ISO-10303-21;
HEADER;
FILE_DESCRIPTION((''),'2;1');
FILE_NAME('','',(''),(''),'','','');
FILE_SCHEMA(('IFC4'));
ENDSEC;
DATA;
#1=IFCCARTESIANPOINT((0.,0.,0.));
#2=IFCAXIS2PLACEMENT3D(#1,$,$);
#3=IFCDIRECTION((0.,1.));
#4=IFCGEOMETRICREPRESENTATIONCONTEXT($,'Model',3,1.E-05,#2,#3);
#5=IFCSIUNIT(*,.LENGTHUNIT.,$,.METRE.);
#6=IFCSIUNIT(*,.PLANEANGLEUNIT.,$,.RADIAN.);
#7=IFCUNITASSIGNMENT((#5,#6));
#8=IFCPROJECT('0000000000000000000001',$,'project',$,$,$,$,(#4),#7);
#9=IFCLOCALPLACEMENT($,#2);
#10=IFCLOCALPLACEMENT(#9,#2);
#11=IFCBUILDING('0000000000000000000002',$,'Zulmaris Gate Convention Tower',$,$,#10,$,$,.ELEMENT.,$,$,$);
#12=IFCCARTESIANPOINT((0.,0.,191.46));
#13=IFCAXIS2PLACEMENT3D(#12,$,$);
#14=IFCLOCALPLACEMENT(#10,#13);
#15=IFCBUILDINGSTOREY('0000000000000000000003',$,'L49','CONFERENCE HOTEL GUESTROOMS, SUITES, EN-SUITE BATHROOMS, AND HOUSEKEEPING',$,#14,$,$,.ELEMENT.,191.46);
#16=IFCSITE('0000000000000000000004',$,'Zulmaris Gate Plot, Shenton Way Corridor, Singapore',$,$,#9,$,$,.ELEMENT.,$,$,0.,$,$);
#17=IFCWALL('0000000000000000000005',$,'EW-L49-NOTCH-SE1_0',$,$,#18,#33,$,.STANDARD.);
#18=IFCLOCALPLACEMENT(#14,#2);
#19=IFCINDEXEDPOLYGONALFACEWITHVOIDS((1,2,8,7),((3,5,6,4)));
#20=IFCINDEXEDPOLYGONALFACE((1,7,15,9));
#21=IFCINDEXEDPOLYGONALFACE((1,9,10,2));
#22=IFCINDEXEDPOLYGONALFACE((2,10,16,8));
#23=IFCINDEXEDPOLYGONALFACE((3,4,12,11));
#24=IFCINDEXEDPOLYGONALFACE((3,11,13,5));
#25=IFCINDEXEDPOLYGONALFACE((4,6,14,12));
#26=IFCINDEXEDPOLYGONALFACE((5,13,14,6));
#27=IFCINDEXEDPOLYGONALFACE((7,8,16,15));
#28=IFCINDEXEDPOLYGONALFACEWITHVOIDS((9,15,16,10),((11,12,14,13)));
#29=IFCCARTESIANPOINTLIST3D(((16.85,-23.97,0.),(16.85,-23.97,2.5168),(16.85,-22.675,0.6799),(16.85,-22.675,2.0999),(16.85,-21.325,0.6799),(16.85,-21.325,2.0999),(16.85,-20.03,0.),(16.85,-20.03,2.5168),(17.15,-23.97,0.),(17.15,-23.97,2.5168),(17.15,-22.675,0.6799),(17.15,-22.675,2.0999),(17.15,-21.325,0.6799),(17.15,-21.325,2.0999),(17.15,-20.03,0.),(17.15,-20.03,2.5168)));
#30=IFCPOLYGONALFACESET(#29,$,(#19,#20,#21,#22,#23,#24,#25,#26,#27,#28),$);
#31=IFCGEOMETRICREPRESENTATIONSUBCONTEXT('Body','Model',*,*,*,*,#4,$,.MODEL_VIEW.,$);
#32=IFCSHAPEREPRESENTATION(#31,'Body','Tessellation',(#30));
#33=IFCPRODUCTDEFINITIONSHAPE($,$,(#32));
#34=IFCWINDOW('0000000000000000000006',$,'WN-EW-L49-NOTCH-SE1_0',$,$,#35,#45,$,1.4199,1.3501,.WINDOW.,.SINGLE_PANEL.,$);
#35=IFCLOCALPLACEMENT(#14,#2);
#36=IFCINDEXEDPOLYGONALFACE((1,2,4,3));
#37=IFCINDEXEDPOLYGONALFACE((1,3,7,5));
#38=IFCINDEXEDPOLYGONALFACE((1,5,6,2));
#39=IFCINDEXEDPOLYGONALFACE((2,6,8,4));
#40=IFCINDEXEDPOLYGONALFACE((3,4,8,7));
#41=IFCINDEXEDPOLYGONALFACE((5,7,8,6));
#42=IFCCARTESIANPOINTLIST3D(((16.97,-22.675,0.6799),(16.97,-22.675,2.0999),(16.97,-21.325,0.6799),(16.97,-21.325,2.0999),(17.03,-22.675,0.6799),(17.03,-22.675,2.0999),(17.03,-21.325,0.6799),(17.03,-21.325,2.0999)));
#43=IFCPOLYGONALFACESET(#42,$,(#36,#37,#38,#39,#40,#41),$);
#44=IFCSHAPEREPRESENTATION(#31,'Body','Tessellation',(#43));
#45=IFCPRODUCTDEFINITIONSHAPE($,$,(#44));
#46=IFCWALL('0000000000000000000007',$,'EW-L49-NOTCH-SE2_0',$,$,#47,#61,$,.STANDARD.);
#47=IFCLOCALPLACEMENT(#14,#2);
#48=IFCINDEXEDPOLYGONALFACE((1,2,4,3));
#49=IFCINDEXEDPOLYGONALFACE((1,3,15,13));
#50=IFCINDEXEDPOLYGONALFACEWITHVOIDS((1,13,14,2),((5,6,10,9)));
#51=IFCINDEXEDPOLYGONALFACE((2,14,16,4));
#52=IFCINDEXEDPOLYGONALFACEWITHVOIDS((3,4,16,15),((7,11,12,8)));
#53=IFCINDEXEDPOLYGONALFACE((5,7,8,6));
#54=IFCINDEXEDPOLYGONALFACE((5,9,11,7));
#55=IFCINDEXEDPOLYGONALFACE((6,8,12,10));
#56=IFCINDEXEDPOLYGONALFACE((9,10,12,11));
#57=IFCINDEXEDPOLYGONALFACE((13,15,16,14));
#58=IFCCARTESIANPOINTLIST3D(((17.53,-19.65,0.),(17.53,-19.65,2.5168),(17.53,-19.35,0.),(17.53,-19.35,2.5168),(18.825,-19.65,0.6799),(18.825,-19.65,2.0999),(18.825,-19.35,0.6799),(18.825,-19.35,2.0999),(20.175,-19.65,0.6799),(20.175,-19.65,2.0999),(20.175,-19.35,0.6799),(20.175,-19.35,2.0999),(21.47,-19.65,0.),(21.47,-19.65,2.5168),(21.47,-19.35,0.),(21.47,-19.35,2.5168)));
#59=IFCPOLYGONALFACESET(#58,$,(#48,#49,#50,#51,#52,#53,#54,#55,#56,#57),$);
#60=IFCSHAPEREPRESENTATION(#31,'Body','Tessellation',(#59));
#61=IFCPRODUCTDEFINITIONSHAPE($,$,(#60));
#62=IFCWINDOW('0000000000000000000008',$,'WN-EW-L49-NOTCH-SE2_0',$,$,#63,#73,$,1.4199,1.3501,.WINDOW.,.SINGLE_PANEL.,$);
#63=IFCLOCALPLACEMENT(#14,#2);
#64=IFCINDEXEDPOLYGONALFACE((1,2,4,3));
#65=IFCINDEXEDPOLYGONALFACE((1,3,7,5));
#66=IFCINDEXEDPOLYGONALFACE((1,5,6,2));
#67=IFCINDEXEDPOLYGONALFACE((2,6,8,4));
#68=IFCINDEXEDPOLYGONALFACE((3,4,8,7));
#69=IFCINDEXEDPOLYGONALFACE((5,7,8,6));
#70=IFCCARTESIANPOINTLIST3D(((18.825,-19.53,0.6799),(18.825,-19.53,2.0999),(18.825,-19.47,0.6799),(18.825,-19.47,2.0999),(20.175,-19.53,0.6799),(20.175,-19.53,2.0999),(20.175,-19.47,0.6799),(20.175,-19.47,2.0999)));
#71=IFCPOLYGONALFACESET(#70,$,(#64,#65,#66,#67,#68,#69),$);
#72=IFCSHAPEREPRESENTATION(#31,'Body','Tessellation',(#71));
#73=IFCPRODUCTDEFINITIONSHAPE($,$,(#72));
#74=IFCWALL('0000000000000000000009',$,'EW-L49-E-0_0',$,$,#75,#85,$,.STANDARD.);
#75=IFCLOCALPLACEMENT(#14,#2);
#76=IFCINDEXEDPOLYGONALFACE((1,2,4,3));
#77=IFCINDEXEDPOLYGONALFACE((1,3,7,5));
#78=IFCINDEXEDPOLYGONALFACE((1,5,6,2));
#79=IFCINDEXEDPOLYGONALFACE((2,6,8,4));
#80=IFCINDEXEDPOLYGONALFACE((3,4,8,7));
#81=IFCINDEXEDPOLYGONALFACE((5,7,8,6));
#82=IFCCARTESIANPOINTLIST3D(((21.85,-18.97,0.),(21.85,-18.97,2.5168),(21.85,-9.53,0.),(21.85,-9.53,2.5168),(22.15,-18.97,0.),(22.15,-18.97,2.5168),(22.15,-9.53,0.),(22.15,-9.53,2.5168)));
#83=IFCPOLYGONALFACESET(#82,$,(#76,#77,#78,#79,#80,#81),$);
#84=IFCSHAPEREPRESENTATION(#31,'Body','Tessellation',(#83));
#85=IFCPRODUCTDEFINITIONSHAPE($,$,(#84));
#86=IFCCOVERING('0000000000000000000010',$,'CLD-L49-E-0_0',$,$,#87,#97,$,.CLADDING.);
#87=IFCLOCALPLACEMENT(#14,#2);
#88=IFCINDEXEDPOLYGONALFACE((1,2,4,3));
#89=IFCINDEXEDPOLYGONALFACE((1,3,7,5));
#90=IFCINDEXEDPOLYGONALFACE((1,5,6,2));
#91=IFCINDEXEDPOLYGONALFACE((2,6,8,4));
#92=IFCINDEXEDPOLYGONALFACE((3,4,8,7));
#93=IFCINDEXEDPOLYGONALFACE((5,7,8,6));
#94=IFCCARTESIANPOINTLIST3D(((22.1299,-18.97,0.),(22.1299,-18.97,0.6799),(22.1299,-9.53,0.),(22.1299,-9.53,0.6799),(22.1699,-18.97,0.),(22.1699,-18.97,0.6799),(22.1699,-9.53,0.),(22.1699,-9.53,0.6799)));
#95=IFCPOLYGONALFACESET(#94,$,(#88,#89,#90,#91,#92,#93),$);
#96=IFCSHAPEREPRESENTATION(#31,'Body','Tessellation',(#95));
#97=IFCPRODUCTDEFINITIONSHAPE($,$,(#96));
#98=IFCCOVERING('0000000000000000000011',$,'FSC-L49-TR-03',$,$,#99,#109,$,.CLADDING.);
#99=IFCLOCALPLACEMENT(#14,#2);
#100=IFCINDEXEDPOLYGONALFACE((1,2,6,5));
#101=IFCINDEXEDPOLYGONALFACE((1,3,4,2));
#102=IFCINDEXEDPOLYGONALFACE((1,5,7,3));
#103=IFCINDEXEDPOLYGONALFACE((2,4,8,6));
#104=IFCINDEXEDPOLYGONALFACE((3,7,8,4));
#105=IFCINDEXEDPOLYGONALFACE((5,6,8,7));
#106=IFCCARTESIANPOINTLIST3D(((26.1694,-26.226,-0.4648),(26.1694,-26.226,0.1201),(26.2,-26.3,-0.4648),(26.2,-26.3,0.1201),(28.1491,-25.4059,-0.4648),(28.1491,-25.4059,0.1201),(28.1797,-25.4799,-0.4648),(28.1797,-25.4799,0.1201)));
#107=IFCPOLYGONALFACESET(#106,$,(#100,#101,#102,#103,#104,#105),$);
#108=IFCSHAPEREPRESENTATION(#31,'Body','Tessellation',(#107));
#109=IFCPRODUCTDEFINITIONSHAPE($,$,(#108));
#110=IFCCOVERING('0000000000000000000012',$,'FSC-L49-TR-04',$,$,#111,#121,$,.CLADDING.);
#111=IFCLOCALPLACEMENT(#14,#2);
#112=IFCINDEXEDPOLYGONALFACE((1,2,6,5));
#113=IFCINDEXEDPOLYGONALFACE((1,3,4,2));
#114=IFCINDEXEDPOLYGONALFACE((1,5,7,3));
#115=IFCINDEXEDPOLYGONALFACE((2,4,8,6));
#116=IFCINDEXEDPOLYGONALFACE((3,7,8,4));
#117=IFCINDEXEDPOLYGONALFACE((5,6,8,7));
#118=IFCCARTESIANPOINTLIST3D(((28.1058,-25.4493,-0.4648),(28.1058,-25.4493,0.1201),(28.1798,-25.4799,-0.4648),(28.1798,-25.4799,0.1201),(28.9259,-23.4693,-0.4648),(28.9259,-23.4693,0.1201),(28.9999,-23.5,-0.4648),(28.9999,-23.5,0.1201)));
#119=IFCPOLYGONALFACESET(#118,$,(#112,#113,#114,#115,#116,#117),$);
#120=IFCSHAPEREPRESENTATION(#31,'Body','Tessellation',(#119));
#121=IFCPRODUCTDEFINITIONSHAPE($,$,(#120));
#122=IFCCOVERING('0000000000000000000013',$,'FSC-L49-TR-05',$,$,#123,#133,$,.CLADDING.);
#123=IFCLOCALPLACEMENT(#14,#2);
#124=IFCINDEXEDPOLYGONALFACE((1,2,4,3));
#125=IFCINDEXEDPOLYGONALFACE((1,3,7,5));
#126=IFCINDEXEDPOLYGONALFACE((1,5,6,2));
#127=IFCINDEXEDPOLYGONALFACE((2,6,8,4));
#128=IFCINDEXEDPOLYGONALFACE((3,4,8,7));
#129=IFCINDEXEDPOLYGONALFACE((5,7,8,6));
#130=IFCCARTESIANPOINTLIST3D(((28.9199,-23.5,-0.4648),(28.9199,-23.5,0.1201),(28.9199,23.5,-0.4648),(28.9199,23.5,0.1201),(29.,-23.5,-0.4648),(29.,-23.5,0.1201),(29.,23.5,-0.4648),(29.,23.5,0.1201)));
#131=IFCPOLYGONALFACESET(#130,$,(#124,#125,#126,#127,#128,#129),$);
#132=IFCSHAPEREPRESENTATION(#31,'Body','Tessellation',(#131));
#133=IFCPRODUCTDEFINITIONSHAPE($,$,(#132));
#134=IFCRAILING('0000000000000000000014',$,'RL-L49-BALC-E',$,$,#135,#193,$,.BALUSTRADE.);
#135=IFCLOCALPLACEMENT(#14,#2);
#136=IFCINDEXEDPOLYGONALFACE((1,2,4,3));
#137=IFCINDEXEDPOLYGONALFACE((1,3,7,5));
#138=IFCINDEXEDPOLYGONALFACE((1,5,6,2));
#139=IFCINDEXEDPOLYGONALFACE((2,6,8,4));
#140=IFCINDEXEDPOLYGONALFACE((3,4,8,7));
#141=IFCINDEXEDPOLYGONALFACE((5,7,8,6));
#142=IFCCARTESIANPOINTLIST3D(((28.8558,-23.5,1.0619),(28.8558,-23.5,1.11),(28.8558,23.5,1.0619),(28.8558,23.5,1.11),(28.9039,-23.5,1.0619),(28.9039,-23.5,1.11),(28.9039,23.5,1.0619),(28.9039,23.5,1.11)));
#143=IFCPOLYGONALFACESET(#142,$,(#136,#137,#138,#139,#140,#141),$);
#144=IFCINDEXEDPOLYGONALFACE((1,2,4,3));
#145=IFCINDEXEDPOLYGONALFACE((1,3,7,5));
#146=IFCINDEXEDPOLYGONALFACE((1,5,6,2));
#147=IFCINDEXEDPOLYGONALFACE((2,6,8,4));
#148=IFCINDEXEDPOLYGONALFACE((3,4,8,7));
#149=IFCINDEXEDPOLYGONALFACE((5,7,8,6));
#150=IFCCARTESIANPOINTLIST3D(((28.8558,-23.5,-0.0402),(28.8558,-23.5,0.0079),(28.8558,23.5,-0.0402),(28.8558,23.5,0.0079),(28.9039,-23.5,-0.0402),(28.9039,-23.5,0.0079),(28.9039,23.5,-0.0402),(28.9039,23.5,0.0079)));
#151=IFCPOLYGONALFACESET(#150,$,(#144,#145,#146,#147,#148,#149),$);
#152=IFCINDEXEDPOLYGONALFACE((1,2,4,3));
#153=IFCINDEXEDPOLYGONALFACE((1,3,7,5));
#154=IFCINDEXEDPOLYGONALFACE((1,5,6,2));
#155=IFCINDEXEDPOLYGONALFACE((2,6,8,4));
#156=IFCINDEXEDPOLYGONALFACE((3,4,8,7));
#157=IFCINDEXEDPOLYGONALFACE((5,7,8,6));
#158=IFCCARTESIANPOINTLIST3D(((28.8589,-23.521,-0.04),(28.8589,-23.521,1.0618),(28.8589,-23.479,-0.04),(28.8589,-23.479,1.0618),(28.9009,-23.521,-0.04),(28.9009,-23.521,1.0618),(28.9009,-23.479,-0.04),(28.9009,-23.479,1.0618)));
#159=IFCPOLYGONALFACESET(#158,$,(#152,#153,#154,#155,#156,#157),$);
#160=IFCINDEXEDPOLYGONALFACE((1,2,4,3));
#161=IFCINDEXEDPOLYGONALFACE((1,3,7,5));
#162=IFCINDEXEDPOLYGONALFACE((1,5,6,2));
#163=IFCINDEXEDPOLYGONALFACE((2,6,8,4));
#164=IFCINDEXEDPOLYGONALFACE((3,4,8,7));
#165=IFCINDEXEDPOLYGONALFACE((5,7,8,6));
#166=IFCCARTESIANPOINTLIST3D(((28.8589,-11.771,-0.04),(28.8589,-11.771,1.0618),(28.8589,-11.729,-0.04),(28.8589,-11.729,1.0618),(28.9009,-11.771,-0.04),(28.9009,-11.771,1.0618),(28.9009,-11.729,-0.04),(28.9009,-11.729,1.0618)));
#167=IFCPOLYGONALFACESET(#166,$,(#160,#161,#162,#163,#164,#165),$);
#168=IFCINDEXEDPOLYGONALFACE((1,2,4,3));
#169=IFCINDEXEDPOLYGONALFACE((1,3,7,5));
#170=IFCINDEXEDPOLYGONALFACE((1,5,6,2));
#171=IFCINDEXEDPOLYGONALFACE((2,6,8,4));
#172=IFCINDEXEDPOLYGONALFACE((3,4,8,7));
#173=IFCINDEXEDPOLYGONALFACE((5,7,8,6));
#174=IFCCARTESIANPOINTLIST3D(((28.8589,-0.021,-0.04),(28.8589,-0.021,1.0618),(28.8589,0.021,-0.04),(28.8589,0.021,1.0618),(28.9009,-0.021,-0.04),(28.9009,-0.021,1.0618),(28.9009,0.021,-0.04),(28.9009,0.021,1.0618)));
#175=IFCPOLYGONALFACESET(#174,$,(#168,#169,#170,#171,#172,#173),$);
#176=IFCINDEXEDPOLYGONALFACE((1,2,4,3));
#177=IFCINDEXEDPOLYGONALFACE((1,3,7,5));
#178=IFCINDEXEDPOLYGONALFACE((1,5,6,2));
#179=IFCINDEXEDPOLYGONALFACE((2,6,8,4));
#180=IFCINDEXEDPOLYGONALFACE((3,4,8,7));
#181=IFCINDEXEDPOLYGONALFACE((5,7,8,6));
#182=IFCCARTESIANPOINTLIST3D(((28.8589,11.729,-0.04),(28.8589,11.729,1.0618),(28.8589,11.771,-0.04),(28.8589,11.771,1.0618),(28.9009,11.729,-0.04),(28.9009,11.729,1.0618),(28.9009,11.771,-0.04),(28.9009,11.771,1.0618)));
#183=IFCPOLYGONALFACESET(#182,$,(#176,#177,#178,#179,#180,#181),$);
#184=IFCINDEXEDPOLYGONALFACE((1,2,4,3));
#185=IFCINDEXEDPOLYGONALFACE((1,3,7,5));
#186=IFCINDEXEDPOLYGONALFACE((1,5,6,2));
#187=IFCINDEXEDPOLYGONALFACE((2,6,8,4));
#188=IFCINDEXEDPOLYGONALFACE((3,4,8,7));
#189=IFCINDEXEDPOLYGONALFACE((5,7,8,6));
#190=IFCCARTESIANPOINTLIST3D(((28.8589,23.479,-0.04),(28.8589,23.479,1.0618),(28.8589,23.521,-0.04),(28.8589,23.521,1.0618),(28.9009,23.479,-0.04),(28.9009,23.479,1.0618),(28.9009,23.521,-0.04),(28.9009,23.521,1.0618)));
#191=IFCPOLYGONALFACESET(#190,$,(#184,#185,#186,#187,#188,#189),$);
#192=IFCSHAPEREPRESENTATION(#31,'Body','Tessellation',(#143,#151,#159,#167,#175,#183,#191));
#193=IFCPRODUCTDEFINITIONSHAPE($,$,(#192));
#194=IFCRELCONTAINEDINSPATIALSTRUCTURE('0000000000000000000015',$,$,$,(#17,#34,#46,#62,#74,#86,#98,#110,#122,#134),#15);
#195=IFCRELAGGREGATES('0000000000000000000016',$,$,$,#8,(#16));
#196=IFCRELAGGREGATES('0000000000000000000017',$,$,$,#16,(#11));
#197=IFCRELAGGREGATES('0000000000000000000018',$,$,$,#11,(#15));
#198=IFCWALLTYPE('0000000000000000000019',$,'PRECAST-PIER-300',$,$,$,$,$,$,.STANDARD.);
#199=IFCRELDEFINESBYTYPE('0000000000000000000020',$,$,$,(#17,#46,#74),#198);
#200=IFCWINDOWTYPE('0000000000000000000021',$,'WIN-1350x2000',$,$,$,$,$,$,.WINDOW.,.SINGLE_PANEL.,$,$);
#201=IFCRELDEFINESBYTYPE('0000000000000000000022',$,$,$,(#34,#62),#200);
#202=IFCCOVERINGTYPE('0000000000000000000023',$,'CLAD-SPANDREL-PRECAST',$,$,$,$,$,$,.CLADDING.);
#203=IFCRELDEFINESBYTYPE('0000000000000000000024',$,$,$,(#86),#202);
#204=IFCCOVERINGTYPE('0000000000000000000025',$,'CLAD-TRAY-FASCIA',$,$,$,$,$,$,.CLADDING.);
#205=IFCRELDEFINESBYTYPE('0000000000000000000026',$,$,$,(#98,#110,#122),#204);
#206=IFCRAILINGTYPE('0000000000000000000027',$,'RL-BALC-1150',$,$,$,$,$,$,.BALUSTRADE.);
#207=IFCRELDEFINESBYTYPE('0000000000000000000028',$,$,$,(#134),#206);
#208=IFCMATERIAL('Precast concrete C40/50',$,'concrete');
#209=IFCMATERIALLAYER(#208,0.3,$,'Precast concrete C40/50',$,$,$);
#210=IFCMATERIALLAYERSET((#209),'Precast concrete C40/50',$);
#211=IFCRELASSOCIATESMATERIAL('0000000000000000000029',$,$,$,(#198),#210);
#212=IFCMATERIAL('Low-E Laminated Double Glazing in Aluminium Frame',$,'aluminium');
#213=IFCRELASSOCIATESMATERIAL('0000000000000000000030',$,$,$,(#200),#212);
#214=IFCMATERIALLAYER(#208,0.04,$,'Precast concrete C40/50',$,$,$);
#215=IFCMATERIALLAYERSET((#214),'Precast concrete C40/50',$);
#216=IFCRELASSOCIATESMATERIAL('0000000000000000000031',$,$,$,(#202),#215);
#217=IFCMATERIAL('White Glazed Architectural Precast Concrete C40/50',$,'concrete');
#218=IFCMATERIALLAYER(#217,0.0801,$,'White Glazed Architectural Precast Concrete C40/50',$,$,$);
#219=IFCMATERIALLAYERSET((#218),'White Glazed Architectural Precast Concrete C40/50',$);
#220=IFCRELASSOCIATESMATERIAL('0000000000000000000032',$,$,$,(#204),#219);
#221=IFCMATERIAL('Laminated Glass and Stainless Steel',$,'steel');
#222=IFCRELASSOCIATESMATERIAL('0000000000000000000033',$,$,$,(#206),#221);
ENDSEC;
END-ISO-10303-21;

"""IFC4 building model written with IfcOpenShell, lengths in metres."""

from ifc_helpers import new_model, si_unit, direction, frame, frame_2d, origin, origin_2d, place, context, subcontext, project, spatial, rectangle, extrude, material, layer, layer_set, type_object, element, fill, save


model = new_model("IFC4")

# Units and contexts
model_context = context("Model", 3, precision=1e-05, world=origin(), true_north=direction((0.0, 1.0)))
body_context = subcontext(model_context, "Body", "Model", "MODEL_VIEW")
ifc_project = project(units=[si_unit("LENGTHUNIT", "METRE"), si_unit("PLANEANGLEUNIT", "RADIAN")], contexts=[model_context])

# Site, building, storey
site_placement = place(None, origin())
site = spatial("IfcSite", under=ifc_project, at=site_placement, Name="Zulmaris Gate Plot, Shenton Way Corridor, Singapore", CompositionType="ELEMENT", RefElevation=0.0)
building_placement = place(site_placement, origin())
building = spatial("IfcBuilding", under=site, at=building_placement, Name="Zulmaris Gate Convention Tower", CompositionType="ELEMENT")
storey_placement = place(building_placement, frame((0.0, 0.0, 191.46)))
storey = spatial("IfcBuildingStorey", under=building, at=storey_placement, Name="L49", Description="CONFERENCE HOTEL GUESTROOMS, SUITES, EN-SUITE BATHROOMS, AND HOUSEKEEPING", CompositionType="ELEMENT", Elevation=191.46)

# Walls, openings, windows
ifc_material_1 = material(Name="Precast concrete C40/50", Category="concrete")
ifc_layer_1 = layer(ifc_material_1, 0.3, Name="Precast concrete C40/50")
ifc_layer_set_1 = layer_set([ifc_layer_1], Name="Precast concrete C40/50")
wall_type_1 = type_object("IfcWallType", Name="PRECAST-PIER-300", PredefinedType="STANDARD", material=ifc_layer_set_1)
wall_1_placement = place(storey_placement, frame((17.0, -23.97, 0.0), z_axis=(0.0, 0.0, 1.0), x_axis=(0.0, 1.0, 0.0)))
wall_1 = element("IfcWall", 1, at=wall_1_placement, inside=storey, type_object=wall_type_1, Name="EW-L49-NOTCH-SE1_0", PredefinedType="STANDARD", context=body_context, shape_type="SweptSolid", body=[
    extrude(rectangle(XDim=3.9399, YDim=0.3, at=frame_2d((1.97, 0.0))), origin(), (0.0, 0.0, 1.0), 2.5168),
])
opening_1_placement = place(wall_1_placement, frame((1.2949, 0.0, 0.6799)))
opening_1 = element("IfcOpeningElement", 2, at=opening_1_placement, cuts=wall_1, PredefinedType="OPENING", context=body_context, shape_type="SweptSolid", body=[
    extrude(rectangle(XDim=1.3501, YDim=1.4199, at=frame_2d((0.675, 0.71))), frame((0.0, 0.1602, 0.0), z_axis=(0.0, -1.0, 0.0), x_axis=(1.0, 0.0, 0.0)), (0.0, 0.0, 1.0), 0.3201),
])
ifc_material_2 = material(Name="Low-E Laminated Double Glazing in Aluminium Frame", Category="aluminium")
window_type = type_object("IfcWindowType", Name="WIN-1350x2000", PartitioningType="SINGLE_PANEL", PredefinedType="WINDOW", material=ifc_material_2)
window_1_placement = place(opening_1_placement, origin())
window_1 = element("IfcWindow", 3, at=window_1_placement, inside=storey, type_object=window_type, Name="WN-EW-L49-NOTCH-SE1_0", OverallHeight=1.4199, OverallWidth=1.3501, PartitioningType="SINGLE_PANEL", PredefinedType="WINDOW", context=body_context, shape_type="SweptSolid", body=[
    extrude(rectangle(XDim=1.3501, YDim=1.4199, at=frame_2d((0.675, 0.71))), frame((0.0, 0.03, 0.0), z_axis=(0.0, -1.0, 0.0), x_axis=(1.0, 0.0, 0.0)), (0.0, 0.0, 1.0), 0.0601),
])
fill(opening_1, window_1)
wall_2_placement = place(storey_placement, frame((17.53, -19.5, 0.0), z_axis=(0.0, 0.0, 1.0), x_axis=(1.0, 0.0, 0.0)))
wall_2 = element("IfcWall", 4, at=wall_2_placement, inside=storey, type_object=wall_type_1, Name="EW-L49-NOTCH-SE2_0", PredefinedType="STANDARD", context=body_context, shape_type="SweptSolid", body=[
    extrude(rectangle(XDim=3.9399, YDim=0.3, at=frame_2d((1.97, 0.0))), origin(), (0.0, 0.0, 1.0), 2.5168),
])
opening_2_placement = place(wall_2_placement, frame((1.2949, 0.0, 0.6799)))
opening_2 = element("IfcOpeningElement", 5, at=opening_2_placement, cuts=wall_2, PredefinedType="OPENING", context=body_context, shape_type="SweptSolid", body=[
    extrude(rectangle(XDim=1.3501, YDim=1.4199, at=frame_2d((0.675, 0.71))), frame((0.0, 0.1602, 0.0), z_axis=(0.0, -1.0, 0.0), x_axis=(1.0, 0.0, 0.0)), (0.0, 0.0, 1.0), 0.3201),
])
window_2_placement = place(opening_2_placement, origin())
window_2 = element("IfcWindow", 6, at=window_2_placement, inside=storey, type_object=window_type, Name="WN-EW-L49-NOTCH-SE2_0", OverallHeight=1.4199, OverallWidth=1.3501, PartitioningType="SINGLE_PANEL", PredefinedType="WINDOW", context=body_context, shape_type="SweptSolid", body=[
    extrude(rectangle(XDim=1.3501, YDim=1.4199, at=frame_2d((0.675, 0.71))), frame((0.0, 0.03, 0.0), z_axis=(0.0, -1.0, 0.0), x_axis=(1.0, 0.0, 0.0)), (0.0, 0.0, 1.0), 0.0601),
])
fill(opening_2, window_2)

# Wall
wall_3_placement = place(storey_placement, frame((22.0, -18.97, 0.0), z_axis=(0.0, 0.0, 1.0), x_axis=(0.0, 1.0, 0.0)))
element("IfcWall", 7, at=wall_3_placement, inside=storey, type_object=wall_type_1, Name="EW-L49-E-0_0", PredefinedType="STANDARD", context=body_context, shape_type="SweptSolid", body=[
    extrude(rectangle(XDim=9.4399, YDim=0.3, at=frame_2d((4.72, 0.0))), origin(), (0.0, 0.0, 1.0), 2.5168),
])

# Coverings
ifc_layer_2 = layer(ifc_material_1, 0.04, Name="Precast concrete C40/50")
ifc_layer_set_2 = layer_set([ifc_layer_2], Name="Precast concrete C40/50")
covering_type_1 = type_object("IfcCoveringType", Name="CLAD-SPANDREL-PRECAST", PredefinedType="CLADDING", material=ifc_layer_set_2)
covering_1_placement = place(storey_placement, frame((22.1499, -18.97, 0.0), z_axis=(0.0, 0.0, 1.0), x_axis=(0.0, 1.0, 0.0)))
element("IfcCovering", 8, at=covering_1_placement, inside=storey, type_object=covering_type_1, Name="CLD-L49-E-0_0", PredefinedType="CLADDING", context=body_context, shape_type="SweptSolid", body=[
    extrude(rectangle(XDim=9.4399, YDim=0.04, at=frame_2d((4.72, 0.0))), origin(), (0.0, 0.0, 1.0), 0.6799),
])
ifc_material_3 = material(Name="White Glazed Architectural Precast Concrete C40/50", Category="concrete")
ifc_layer_3 = layer(ifc_material_3, 0.0801, Name="White Glazed Architectural Precast Concrete C40/50")
ifc_layer_set_3 = layer_set([ifc_layer_3], Name="White Glazed Architectural Precast Concrete C40/50")
covering_type_2 = type_object("IfcCoveringType", Name="CLAD-TRAY-FASCIA", PredefinedType="CLADDING", material=ifc_layer_set_3)
covering_2_placement = place(storey_placement, frame((26.1848, -26.2629, -0.4648), z_axis=(0.0, 0.0, 1.0), x_axis=(0.923874, 0.382697, 0.0)))
element("IfcCovering", 9, at=covering_2_placement, inside=storey, type_object=covering_type_2, Name="FSC-L49-TR-03", PredefinedType="CLADDING", context=body_context, shape_type="SweptSolid", body=[
    extrude(rectangle(XDim=2.1428, YDim=0.0801, at=frame_2d((1.0713, 0.0))), origin(), (0.0, 0.0, 1.0), 0.585),
])
covering_3_placement = place(storey_placement, frame((28.1428, -25.4646, -0.4648), z_axis=(0.0, 0.0, 1.0), x_axis=(0.382657, 0.92389, 0.0)))
element("IfcCovering", 10, at=covering_3_placement, inside=storey, type_object=covering_type_2, Name="FSC-L49-TR-04", PredefinedType="CLADDING", context=body_context, shape_type="SweptSolid", body=[
    extrude(rectangle(XDim=2.1431, YDim=0.0801, at=frame_2d((1.0715, 0.0))), origin(), (0.0, 0.0, 1.0), 0.585),
])
covering_4_placement = place(storey_placement, frame((28.96, -23.5, -0.4648), z_axis=(0.0, 0.0, 1.0), x_axis=(0.0, 1.0, 0.0)))
element("IfcCovering", 11, at=covering_4_placement, inside=storey, type_object=covering_type_2, Name="FSC-L49-TR-05", PredefinedType="CLADDING", context=body_context, shape_type="SweptSolid", body=[
    extrude(rectangle(XDim=47.0, YDim=0.0801, at=frame_2d((23.5, 0.0))), origin(), (0.0, 0.0, 1.0), 0.585),
])

# Railing
ifc_material_4 = material(Name="Laminated Glass and Stainless Steel", Category="steel")
railing_type = type_object("IfcRailingType", Name="RL-BALC-1150", PredefinedType="BALUSTRADE", material=ifc_material_4)
railing_placement = place(storey_placement, frame((28.8799, -23.5, -0.04)))
element("IfcRailing", 12, at=railing_placement, inside=storey, type_object=railing_type, Name="RL-L49-BALC-E", PredefinedType="BALUSTRADE", context=body_context, shape_type="SweptSolid", body=[
    extrude(rectangle(XDim=0.0481, YDim=0.0481, at=origin_2d()), frame((0.0, 0.0, 1.126), z_axis=(0.0, 1.0, 0.0), x_axis=(-1.0, 0.0, 0.0)), (0.0, 0.0, 1.0), 47.0),
    extrude(rectangle(XDim=0.0481, YDim=0.0481, at=origin_2d()), frame((0.0, 0.0, 0.0239), z_axis=(0.0, 1.0, 0.0), x_axis=(-1.0, 0.0, 0.0)), (0.0, 0.0, 1.0), 47.0),
    extrude(rectangle(XDim=0.042, YDim=0.042, at=origin_2d()), origin(), (0.0, 0.0, 1.0), 1.1018),
    extrude(rectangle(XDim=0.042, YDim=0.042, at=origin_2d()), frame((0.0, 11.75, 0.0)), (0.0, 0.0, 1.0), 1.1018),
    extrude(rectangle(XDim=0.042, YDim=0.042, at=origin_2d()), frame((0.0, 23.5, 0.0)), (0.0, 0.0, 1.0), 1.1018),
    extrude(rectangle(XDim=0.042, YDim=0.042, at=origin_2d()), frame((0.0, 35.25, 0.0)), (0.0, 0.0, 1.0), 1.1018),
    extrude(rectangle(XDim=0.042, YDim=0.042, at=origin_2d()), frame((0.0, 47.0, 0.0)), (0.0, 0.0, 1.0), 1.1018),
])

save(model, "model.ifc")
